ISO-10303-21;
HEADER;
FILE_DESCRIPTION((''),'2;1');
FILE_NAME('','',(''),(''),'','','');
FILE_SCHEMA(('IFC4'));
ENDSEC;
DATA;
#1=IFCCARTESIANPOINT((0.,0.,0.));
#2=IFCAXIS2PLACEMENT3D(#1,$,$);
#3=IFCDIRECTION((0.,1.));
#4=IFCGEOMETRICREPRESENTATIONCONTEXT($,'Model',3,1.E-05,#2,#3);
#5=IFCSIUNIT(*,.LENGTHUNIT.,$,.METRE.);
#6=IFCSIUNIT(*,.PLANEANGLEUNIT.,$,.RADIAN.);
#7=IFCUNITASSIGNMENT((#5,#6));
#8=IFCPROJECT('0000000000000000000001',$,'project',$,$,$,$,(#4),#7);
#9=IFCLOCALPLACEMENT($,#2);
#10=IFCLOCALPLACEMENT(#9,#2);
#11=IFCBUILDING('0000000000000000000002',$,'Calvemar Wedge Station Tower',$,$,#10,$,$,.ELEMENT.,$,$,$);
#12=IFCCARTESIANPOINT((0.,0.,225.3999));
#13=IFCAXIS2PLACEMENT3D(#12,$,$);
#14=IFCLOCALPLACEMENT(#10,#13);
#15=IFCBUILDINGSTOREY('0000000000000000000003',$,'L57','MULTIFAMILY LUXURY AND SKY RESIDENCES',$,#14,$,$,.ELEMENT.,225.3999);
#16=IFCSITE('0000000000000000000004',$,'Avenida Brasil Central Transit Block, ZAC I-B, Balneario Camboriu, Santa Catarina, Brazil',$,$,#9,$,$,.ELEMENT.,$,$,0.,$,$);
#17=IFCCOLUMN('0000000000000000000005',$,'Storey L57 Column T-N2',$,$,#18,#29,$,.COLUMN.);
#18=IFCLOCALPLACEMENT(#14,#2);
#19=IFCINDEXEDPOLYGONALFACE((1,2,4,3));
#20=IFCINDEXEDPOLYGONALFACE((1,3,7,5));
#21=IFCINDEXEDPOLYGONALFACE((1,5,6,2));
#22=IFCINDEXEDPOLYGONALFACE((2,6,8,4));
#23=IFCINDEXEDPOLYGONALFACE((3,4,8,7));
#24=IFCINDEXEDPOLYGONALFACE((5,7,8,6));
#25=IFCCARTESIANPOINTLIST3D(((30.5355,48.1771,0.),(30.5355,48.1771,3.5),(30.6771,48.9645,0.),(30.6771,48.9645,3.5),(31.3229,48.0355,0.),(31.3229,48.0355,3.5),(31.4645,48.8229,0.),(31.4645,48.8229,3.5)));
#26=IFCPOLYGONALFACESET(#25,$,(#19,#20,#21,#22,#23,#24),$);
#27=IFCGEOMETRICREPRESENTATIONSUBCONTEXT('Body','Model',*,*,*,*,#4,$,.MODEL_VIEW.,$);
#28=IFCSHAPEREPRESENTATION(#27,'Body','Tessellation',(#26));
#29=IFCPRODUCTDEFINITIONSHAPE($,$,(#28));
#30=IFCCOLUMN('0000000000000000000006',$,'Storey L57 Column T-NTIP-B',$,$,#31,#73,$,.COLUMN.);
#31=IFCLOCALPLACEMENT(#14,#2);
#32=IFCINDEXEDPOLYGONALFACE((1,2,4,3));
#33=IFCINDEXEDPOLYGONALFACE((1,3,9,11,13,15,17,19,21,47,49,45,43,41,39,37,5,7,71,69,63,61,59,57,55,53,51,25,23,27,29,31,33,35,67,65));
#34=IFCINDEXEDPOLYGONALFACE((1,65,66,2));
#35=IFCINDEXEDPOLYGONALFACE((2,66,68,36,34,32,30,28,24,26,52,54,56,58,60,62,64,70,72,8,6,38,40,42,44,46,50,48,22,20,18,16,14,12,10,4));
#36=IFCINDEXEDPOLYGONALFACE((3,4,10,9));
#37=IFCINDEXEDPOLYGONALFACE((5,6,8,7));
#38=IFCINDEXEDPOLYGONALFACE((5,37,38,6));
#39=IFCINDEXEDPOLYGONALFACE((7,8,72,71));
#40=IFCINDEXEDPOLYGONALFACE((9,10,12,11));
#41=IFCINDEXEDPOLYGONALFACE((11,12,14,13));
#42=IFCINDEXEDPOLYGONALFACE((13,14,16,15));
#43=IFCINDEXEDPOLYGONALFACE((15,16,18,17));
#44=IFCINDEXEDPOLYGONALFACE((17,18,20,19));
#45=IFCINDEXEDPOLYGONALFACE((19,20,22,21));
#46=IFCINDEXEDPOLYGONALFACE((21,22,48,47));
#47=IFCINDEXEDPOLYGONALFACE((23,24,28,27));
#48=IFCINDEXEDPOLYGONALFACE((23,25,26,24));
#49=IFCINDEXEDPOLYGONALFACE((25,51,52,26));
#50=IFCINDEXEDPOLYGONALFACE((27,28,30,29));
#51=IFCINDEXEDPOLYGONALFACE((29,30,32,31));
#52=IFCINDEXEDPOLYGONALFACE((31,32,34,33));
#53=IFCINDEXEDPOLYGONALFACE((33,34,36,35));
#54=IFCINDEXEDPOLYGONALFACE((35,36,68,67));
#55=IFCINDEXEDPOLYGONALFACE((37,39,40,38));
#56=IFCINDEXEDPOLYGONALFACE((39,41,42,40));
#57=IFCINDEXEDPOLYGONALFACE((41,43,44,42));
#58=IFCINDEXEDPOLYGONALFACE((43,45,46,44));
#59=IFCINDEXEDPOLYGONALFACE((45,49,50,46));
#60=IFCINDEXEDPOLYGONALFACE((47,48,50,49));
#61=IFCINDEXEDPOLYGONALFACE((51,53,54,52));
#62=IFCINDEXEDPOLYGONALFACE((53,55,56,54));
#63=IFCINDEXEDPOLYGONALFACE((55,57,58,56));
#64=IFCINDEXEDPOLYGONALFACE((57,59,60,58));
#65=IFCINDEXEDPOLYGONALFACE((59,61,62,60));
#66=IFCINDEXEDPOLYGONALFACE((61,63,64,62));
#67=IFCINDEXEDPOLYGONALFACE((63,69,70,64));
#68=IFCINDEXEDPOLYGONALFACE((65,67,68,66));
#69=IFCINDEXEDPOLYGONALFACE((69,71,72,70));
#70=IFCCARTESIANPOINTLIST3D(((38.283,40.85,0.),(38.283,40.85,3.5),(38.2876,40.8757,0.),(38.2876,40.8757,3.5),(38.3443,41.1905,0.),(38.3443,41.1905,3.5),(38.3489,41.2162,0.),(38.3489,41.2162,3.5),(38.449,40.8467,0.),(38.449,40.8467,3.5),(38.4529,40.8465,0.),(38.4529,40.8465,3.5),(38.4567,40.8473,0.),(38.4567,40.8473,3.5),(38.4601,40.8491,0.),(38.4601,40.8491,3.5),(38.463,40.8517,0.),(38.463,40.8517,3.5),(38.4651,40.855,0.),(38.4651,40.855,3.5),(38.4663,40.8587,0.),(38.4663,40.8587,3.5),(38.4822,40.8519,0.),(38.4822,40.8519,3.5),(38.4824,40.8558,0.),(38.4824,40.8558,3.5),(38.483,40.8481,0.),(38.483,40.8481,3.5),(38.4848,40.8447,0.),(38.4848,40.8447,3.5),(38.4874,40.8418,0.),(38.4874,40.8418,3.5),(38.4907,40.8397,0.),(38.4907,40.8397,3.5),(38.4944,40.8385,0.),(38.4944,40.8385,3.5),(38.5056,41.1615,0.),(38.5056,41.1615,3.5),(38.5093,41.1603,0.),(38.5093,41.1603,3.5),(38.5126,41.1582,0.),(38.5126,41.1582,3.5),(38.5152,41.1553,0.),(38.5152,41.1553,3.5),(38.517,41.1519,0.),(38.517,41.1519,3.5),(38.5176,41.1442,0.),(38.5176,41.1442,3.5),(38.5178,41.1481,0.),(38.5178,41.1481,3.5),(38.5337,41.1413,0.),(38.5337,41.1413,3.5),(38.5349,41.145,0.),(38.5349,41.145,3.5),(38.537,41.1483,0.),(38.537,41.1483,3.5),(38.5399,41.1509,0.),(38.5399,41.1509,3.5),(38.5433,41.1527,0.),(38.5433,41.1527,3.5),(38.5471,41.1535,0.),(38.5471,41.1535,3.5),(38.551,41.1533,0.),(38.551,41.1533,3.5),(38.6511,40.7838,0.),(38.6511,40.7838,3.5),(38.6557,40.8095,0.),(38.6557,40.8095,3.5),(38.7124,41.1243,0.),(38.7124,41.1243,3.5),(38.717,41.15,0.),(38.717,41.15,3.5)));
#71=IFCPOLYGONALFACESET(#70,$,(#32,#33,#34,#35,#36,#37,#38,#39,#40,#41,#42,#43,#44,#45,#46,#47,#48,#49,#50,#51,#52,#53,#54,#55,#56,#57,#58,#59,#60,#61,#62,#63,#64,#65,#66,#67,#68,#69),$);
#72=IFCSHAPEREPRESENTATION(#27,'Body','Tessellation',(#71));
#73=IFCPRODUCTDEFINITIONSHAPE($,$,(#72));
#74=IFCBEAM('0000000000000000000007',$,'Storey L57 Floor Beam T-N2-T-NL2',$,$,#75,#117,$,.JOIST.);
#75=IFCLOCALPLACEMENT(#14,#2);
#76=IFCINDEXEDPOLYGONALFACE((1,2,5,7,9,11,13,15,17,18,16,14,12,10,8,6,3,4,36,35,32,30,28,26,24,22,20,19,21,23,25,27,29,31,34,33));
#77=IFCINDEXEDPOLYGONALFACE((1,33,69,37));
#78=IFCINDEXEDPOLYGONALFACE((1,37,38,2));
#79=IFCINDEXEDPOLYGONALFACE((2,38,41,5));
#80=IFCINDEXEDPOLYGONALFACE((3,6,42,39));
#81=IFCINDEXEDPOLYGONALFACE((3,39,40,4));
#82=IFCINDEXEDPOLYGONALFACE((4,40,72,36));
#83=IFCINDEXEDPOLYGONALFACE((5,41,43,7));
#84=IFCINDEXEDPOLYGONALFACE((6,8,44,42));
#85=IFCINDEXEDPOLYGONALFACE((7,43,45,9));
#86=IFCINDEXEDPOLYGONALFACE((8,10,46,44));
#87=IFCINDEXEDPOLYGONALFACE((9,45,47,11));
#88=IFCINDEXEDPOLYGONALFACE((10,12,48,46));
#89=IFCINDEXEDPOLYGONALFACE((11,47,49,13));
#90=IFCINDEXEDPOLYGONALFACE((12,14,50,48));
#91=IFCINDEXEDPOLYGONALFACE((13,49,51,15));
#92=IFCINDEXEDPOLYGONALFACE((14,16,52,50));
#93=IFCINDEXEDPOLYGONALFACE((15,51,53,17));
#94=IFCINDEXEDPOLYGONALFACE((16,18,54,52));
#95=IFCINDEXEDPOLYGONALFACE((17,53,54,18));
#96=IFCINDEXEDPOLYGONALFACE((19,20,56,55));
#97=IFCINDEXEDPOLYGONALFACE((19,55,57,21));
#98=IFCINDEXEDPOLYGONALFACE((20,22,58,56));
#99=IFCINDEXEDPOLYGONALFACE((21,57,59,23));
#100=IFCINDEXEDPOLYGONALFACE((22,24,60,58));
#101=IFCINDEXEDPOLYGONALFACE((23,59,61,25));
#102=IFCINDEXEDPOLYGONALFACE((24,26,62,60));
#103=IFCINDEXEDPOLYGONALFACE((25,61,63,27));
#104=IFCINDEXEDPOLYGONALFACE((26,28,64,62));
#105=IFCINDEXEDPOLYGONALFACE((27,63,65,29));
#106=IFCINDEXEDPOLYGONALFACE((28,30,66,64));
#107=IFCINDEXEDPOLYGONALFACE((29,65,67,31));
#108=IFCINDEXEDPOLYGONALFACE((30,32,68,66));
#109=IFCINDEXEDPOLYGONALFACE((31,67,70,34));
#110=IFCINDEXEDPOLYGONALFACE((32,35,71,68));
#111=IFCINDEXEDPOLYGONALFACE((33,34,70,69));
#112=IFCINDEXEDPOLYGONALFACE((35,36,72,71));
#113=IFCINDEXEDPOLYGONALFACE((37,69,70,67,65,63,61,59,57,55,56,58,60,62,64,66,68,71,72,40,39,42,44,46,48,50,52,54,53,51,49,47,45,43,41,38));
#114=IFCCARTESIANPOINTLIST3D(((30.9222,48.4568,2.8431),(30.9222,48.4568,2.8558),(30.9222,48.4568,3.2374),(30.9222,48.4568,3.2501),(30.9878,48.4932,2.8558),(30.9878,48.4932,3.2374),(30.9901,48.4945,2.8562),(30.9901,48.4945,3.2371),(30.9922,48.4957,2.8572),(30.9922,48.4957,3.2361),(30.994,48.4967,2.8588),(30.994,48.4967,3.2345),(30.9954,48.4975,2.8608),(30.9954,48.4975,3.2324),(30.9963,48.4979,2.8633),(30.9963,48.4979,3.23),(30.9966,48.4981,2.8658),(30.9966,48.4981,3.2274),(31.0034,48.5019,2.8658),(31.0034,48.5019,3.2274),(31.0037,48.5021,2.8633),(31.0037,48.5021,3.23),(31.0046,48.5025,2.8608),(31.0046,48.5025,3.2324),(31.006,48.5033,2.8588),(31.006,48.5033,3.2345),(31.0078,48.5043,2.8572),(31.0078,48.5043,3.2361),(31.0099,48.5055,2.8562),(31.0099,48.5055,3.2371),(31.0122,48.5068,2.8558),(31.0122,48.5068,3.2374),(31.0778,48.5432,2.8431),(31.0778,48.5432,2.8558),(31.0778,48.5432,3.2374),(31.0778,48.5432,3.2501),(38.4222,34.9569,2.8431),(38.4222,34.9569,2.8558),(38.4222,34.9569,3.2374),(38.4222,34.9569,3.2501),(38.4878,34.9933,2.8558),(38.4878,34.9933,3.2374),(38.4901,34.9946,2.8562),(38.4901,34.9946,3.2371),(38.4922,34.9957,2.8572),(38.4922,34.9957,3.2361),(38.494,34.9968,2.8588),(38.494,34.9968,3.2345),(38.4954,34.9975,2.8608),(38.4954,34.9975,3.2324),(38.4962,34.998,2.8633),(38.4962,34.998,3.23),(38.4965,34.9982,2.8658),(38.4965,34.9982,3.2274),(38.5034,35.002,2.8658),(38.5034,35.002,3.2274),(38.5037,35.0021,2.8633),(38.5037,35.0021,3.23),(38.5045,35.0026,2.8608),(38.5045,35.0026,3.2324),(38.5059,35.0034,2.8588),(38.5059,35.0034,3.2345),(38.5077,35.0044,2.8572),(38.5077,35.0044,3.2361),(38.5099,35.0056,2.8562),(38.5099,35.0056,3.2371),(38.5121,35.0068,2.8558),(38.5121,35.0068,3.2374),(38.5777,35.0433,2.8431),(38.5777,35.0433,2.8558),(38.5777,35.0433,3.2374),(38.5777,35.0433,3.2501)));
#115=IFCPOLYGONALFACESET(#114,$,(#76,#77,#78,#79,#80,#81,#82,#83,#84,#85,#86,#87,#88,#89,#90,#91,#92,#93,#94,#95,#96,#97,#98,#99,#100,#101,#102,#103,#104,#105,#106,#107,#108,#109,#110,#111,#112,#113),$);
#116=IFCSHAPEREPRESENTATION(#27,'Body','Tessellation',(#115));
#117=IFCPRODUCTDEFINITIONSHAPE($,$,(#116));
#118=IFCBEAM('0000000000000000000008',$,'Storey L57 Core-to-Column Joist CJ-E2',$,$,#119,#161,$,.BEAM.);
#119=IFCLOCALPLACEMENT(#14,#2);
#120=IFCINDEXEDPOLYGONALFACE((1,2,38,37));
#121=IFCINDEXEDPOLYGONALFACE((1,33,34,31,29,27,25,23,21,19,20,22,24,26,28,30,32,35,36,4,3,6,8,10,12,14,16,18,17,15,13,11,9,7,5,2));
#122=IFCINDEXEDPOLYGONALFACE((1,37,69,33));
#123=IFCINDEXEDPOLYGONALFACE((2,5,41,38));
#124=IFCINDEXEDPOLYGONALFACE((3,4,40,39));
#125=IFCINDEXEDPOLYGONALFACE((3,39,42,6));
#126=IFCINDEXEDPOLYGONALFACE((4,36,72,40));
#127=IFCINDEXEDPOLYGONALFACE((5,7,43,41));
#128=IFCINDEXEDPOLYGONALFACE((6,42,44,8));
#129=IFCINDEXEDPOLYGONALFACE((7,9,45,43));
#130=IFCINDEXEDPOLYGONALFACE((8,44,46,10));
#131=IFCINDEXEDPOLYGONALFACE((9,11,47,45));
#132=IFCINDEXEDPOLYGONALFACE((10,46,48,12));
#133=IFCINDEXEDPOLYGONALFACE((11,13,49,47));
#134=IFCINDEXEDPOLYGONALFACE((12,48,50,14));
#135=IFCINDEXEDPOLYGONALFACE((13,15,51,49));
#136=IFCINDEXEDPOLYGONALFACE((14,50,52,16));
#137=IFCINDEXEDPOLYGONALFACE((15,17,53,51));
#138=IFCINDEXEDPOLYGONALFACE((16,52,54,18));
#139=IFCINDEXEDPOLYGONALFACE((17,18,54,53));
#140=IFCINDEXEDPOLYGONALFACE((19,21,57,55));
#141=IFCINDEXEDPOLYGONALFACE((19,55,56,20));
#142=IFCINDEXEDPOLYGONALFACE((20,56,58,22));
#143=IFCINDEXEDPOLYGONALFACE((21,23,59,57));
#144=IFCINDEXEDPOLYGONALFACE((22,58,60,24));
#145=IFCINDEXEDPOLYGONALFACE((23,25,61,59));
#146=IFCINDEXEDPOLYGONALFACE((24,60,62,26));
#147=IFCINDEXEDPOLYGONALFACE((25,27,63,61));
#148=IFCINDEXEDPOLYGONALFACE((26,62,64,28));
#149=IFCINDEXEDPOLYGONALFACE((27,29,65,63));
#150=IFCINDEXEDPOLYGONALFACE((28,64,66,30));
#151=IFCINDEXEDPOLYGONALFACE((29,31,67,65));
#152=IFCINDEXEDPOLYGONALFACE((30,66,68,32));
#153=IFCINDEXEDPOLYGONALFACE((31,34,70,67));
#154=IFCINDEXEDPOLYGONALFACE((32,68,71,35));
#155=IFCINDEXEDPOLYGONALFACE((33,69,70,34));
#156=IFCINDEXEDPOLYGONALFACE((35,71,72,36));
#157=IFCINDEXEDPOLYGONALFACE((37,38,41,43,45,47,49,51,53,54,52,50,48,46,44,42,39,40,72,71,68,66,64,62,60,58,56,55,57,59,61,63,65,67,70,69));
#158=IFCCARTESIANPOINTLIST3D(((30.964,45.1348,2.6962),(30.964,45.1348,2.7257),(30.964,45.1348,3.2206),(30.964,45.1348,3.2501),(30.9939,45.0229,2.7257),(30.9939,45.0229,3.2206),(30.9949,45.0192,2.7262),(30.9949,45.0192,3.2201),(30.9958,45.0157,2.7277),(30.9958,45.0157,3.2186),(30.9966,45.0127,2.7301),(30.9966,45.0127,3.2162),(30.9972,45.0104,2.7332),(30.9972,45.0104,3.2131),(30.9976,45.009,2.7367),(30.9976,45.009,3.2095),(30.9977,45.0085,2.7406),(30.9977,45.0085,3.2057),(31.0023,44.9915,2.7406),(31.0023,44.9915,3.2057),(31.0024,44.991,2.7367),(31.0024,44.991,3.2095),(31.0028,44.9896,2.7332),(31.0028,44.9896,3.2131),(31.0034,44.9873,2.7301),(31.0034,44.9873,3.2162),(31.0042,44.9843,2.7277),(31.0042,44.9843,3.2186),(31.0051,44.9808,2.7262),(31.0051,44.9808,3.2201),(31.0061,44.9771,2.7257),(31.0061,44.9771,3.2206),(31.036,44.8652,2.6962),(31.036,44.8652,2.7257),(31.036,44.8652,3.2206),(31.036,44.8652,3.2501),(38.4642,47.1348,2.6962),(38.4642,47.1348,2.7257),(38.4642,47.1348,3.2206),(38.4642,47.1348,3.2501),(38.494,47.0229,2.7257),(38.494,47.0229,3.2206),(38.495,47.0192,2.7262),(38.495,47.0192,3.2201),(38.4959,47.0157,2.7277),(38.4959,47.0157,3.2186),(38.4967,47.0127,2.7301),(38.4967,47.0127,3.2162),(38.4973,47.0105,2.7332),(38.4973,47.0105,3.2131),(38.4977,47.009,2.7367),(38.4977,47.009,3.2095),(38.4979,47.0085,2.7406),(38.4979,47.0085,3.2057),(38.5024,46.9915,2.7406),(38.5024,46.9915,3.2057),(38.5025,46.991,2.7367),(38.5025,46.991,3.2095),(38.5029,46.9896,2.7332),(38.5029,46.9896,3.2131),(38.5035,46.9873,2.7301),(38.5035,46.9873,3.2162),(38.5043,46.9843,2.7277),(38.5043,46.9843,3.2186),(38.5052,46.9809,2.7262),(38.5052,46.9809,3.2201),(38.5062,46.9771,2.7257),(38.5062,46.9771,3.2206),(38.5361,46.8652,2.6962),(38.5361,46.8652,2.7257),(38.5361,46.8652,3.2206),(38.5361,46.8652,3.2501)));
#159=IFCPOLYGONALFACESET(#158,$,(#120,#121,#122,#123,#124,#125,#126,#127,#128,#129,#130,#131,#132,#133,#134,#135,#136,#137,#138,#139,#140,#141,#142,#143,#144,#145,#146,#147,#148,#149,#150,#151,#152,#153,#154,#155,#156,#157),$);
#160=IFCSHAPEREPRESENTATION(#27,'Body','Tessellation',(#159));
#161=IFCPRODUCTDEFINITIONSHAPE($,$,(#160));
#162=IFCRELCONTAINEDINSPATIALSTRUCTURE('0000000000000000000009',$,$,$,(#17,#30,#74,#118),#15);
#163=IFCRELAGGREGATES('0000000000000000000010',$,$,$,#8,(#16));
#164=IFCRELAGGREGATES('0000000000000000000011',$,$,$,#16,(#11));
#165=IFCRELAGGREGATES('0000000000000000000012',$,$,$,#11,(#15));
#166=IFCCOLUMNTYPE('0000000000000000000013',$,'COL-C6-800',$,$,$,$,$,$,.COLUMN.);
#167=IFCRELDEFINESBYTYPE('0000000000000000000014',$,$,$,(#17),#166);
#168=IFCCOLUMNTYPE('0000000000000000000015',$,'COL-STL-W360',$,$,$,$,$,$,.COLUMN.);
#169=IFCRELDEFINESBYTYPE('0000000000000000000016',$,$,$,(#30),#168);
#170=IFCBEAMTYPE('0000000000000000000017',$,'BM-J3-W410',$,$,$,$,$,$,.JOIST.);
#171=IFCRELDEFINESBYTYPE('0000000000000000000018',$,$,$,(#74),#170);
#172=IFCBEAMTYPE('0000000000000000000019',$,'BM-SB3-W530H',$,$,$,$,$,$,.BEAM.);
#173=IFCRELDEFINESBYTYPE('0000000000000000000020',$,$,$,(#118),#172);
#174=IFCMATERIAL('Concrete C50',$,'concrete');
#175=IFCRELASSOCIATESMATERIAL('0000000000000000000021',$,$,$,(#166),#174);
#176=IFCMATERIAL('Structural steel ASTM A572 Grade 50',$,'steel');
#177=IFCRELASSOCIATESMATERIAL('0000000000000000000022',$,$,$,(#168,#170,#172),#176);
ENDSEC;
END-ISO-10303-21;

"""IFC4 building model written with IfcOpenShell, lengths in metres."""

from ifc_helpers import new_model, si_unit, direction, frame, origin, origin_2d, place, context, subcontext, project, spatial, rectangle, i_section, extrude, source, transform, mapped, material, material_profile, profile_set, type_object, element, save


model = new_model("IFC4")

# Units and contexts
model_context = context("Model", 3, precision=1e-05, world=origin(), true_north=direction((0.0, 1.0)))
body_context = subcontext(model_context, "Body", "Model", "MODEL_VIEW")
ifc_project = project(units=[si_unit("LENGTHUNIT", "METRE"), si_unit("PLANEANGLEUNIT", "RADIAN")], contexts=[model_context])

# Site, building, storey
site_placement = place(None, origin())
site = spatial("IfcSite", under=ifc_project, at=site_placement, Name="Avenida Brasil Central Transit Block, ZAC I-B, Balneario Camboriu, Santa Catarina, Brazil", CompositionType="ELEMENT", RefElevation=0.0)
building_placement = place(site_placement, origin())
building = spatial("IfcBuilding", under=site, at=building_placement, Name="Calvemar Wedge Station Tower", CompositionType="ELEMENT")
storey_placement = place(building_placement, frame((0.0, 0.0, 225.3999)))
storey = spatial("IfcBuildingStorey", under=building, at=storey_placement, Name="L57", Description="MULTIFAMILY LUXURY AND SKY RESIDENCES", CompositionType="ELEMENT", Elevation=225.3999)

# Columns
ifc_material_1 = material(Name="Concrete C50", Category="concrete")
ifc_material_profile_1 = material_profile(ifc_material_1, rectangle(XDim=0.8, YDim=0.8, at=origin_2d()), Name="RC800x800")
ifc_profile_set_1 = profile_set([ifc_material_profile_1], Name="Concrete C50")
column_type_1 = type_object("IfcColumnType", Name="COL-C6-800", PredefinedType="COLUMN", material=ifc_profile_set_1)
shared_shape_1 = source(origin(), body_context, "Body", "SweptSolid", [
    extrude(rectangle(XDim=0.8, YDim=0.8, at=origin_2d()), origin(), (0.0, 0.0, 1.0), 3.5),
])
column_1_placement = place(storey_placement, frame((31.0, 48.5, 0.0), z_axis=(0.0, 0.0, 1.0), x_axis=(0.984196, -0.177085, 0.0)))
element("IfcColumn", 1, at=column_1_placement, inside=storey, type_object=column_type_1, Name="Storey L57 Column T-N2", PredefinedType="COLUMN", context=body_context, shape_type="MappedRepresentation", body=[
    mapped(shared_shape_1, transform((0.0, 0.0, 0.0), scale=1.0)),
])
ifc_material_2 = material(Name="Structural steel ASTM A572 Grade 50", Category="steel")
ifc_material_profile_2 = material_profile(ifc_material_2, i_section(OverallWidth=0.374, OverallDepth=0.3721, WebThickness=0.0164, FlangeThickness=0.0261, FilletRadius=0.0149, at=origin_2d()), Name="W360x196")
ifc_profile_set_2 = profile_set([ifc_material_profile_2], Name="Structural steel ASTM A572 Grade 50")
column_type_2 = type_object("IfcColumnType", Name="COL-STL-W360", PredefinedType="COLUMN", material=ifc_profile_set_2)
shared_shape_2 = source(origin(), body_context, "Body", "SweptSolid", [
    extrude(i_section(OverallWidth=0.374, OverallDepth=0.3721, WebThickness=0.0164, FlangeThickness=0.0261, FilletRadius=0.0149, at=origin_2d()), origin(), (0.0, 0.0, 1.0), 3.5),
])
column_2_placement = place(storey_placement, frame((38.5, 41.0, 0.0), z_axis=(0.0, 0.0, 1.0), x_axis=(0.984196, -0.177085, 0.0)))
element("IfcColumn", 2, at=column_2_placement, inside=storey, type_object=column_type_2, Name="Storey L57 Column T-NTIP-B", PredefinedType="COLUMN", context=body_context, shape_type="MappedRepresentation", body=[
    mapped(shared_shape_2, transform((0.0, 0.0, 0.0), scale=1.0)),
])

# Beams
ifc_material_profile_3 = material_profile(ifc_material_2, i_section(OverallWidth=0.178, OverallDepth=0.407, WebThickness=0.0078, FlangeThickness=0.0127, FilletRadius=0.01, at=origin_2d()), Name="W410x60")
ifc_profile_set_3 = profile_set([ifc_material_profile_3], Name="Structural steel ASTM A572 Grade 50")
beam_type_1 = type_object("IfcBeamType", Name="BM-J3-W410", PredefinedType="JOIST", material=ifc_profile_set_3)
shared_shape_3 = source(origin(), body_context, "Body", "SweptSolid", [
    extrude(i_section(OverallWidth=0.178, OverallDepth=0.407, WebThickness=0.0078, FlangeThickness=0.0127, FilletRadius=0.01, at=origin_2d()), origin(), (0.0, 0.0, 1.0), 15.4434),
])
beam_1_placement = place(storey_placement, frame((31.0, 48.5, 3.0466), z_axis=(0.485643, -0.874157, 0.0), x_axis=(0.874157, 0.485643, 0.0)))
element("IfcBeam", 3, at=beam_1_placement, inside=storey, type_object=beam_type_1, Name="Storey L57 Floor Beam T-N2-T-NL2", PredefinedType="JOIST", context=body_context, shape_type="MappedRepresentation", body=[
    mapped(shared_shape_3, transform((0.0, 0.0, 0.0), scale=1.0)),
])
ifc_material_profile_4 = material_profile(ifc_material_2, i_section(OverallWidth=0.2791, OverallDepth=0.554, WebThickness=0.0176, FlangeThickness=0.0295, FilletRadius=0.0149, at=origin_2d()), Name="W530x196")
ifc_profile_set_4 = profile_set([ifc_material_profile_4], Name="Structural steel ASTM A572 Grade 50")
beam_type_2 = type_object("IfcBeamType", Name="BM-SB3-W530H", PredefinedType="BEAM", material=ifc_profile_set_4)
shared_shape_4 = source(origin(), body_context, "Body", "SweptSolid", [
    extrude(i_section(OverallWidth=0.2791, OverallDepth=0.554, WebThickness=0.0176, FlangeThickness=0.0295, FilletRadius=0.0149, at=origin_2d()), origin(), (0.0, 0.0, 1.0), 7.7622),
])
beam_2_placement = place(storey_placement, frame((31.0, 45.0, 2.9731), z_axis=(0.966235, 0.257663, 0.0), x_axis=(-0.257663, 0.966235, 0.0)))
element("IfcBeam", 4, at=beam_2_placement, inside=storey, type_object=beam_type_2, Name="Storey L57 Core-to-Column Joist CJ-E2", PredefinedType="BEAM", context=body_context, shape_type="MappedRepresentation", body=[
    mapped(shared_shape_4, transform((0.0, 0.0, 0.0), scale=1.0)),
])

save(model, "model.ifc")
